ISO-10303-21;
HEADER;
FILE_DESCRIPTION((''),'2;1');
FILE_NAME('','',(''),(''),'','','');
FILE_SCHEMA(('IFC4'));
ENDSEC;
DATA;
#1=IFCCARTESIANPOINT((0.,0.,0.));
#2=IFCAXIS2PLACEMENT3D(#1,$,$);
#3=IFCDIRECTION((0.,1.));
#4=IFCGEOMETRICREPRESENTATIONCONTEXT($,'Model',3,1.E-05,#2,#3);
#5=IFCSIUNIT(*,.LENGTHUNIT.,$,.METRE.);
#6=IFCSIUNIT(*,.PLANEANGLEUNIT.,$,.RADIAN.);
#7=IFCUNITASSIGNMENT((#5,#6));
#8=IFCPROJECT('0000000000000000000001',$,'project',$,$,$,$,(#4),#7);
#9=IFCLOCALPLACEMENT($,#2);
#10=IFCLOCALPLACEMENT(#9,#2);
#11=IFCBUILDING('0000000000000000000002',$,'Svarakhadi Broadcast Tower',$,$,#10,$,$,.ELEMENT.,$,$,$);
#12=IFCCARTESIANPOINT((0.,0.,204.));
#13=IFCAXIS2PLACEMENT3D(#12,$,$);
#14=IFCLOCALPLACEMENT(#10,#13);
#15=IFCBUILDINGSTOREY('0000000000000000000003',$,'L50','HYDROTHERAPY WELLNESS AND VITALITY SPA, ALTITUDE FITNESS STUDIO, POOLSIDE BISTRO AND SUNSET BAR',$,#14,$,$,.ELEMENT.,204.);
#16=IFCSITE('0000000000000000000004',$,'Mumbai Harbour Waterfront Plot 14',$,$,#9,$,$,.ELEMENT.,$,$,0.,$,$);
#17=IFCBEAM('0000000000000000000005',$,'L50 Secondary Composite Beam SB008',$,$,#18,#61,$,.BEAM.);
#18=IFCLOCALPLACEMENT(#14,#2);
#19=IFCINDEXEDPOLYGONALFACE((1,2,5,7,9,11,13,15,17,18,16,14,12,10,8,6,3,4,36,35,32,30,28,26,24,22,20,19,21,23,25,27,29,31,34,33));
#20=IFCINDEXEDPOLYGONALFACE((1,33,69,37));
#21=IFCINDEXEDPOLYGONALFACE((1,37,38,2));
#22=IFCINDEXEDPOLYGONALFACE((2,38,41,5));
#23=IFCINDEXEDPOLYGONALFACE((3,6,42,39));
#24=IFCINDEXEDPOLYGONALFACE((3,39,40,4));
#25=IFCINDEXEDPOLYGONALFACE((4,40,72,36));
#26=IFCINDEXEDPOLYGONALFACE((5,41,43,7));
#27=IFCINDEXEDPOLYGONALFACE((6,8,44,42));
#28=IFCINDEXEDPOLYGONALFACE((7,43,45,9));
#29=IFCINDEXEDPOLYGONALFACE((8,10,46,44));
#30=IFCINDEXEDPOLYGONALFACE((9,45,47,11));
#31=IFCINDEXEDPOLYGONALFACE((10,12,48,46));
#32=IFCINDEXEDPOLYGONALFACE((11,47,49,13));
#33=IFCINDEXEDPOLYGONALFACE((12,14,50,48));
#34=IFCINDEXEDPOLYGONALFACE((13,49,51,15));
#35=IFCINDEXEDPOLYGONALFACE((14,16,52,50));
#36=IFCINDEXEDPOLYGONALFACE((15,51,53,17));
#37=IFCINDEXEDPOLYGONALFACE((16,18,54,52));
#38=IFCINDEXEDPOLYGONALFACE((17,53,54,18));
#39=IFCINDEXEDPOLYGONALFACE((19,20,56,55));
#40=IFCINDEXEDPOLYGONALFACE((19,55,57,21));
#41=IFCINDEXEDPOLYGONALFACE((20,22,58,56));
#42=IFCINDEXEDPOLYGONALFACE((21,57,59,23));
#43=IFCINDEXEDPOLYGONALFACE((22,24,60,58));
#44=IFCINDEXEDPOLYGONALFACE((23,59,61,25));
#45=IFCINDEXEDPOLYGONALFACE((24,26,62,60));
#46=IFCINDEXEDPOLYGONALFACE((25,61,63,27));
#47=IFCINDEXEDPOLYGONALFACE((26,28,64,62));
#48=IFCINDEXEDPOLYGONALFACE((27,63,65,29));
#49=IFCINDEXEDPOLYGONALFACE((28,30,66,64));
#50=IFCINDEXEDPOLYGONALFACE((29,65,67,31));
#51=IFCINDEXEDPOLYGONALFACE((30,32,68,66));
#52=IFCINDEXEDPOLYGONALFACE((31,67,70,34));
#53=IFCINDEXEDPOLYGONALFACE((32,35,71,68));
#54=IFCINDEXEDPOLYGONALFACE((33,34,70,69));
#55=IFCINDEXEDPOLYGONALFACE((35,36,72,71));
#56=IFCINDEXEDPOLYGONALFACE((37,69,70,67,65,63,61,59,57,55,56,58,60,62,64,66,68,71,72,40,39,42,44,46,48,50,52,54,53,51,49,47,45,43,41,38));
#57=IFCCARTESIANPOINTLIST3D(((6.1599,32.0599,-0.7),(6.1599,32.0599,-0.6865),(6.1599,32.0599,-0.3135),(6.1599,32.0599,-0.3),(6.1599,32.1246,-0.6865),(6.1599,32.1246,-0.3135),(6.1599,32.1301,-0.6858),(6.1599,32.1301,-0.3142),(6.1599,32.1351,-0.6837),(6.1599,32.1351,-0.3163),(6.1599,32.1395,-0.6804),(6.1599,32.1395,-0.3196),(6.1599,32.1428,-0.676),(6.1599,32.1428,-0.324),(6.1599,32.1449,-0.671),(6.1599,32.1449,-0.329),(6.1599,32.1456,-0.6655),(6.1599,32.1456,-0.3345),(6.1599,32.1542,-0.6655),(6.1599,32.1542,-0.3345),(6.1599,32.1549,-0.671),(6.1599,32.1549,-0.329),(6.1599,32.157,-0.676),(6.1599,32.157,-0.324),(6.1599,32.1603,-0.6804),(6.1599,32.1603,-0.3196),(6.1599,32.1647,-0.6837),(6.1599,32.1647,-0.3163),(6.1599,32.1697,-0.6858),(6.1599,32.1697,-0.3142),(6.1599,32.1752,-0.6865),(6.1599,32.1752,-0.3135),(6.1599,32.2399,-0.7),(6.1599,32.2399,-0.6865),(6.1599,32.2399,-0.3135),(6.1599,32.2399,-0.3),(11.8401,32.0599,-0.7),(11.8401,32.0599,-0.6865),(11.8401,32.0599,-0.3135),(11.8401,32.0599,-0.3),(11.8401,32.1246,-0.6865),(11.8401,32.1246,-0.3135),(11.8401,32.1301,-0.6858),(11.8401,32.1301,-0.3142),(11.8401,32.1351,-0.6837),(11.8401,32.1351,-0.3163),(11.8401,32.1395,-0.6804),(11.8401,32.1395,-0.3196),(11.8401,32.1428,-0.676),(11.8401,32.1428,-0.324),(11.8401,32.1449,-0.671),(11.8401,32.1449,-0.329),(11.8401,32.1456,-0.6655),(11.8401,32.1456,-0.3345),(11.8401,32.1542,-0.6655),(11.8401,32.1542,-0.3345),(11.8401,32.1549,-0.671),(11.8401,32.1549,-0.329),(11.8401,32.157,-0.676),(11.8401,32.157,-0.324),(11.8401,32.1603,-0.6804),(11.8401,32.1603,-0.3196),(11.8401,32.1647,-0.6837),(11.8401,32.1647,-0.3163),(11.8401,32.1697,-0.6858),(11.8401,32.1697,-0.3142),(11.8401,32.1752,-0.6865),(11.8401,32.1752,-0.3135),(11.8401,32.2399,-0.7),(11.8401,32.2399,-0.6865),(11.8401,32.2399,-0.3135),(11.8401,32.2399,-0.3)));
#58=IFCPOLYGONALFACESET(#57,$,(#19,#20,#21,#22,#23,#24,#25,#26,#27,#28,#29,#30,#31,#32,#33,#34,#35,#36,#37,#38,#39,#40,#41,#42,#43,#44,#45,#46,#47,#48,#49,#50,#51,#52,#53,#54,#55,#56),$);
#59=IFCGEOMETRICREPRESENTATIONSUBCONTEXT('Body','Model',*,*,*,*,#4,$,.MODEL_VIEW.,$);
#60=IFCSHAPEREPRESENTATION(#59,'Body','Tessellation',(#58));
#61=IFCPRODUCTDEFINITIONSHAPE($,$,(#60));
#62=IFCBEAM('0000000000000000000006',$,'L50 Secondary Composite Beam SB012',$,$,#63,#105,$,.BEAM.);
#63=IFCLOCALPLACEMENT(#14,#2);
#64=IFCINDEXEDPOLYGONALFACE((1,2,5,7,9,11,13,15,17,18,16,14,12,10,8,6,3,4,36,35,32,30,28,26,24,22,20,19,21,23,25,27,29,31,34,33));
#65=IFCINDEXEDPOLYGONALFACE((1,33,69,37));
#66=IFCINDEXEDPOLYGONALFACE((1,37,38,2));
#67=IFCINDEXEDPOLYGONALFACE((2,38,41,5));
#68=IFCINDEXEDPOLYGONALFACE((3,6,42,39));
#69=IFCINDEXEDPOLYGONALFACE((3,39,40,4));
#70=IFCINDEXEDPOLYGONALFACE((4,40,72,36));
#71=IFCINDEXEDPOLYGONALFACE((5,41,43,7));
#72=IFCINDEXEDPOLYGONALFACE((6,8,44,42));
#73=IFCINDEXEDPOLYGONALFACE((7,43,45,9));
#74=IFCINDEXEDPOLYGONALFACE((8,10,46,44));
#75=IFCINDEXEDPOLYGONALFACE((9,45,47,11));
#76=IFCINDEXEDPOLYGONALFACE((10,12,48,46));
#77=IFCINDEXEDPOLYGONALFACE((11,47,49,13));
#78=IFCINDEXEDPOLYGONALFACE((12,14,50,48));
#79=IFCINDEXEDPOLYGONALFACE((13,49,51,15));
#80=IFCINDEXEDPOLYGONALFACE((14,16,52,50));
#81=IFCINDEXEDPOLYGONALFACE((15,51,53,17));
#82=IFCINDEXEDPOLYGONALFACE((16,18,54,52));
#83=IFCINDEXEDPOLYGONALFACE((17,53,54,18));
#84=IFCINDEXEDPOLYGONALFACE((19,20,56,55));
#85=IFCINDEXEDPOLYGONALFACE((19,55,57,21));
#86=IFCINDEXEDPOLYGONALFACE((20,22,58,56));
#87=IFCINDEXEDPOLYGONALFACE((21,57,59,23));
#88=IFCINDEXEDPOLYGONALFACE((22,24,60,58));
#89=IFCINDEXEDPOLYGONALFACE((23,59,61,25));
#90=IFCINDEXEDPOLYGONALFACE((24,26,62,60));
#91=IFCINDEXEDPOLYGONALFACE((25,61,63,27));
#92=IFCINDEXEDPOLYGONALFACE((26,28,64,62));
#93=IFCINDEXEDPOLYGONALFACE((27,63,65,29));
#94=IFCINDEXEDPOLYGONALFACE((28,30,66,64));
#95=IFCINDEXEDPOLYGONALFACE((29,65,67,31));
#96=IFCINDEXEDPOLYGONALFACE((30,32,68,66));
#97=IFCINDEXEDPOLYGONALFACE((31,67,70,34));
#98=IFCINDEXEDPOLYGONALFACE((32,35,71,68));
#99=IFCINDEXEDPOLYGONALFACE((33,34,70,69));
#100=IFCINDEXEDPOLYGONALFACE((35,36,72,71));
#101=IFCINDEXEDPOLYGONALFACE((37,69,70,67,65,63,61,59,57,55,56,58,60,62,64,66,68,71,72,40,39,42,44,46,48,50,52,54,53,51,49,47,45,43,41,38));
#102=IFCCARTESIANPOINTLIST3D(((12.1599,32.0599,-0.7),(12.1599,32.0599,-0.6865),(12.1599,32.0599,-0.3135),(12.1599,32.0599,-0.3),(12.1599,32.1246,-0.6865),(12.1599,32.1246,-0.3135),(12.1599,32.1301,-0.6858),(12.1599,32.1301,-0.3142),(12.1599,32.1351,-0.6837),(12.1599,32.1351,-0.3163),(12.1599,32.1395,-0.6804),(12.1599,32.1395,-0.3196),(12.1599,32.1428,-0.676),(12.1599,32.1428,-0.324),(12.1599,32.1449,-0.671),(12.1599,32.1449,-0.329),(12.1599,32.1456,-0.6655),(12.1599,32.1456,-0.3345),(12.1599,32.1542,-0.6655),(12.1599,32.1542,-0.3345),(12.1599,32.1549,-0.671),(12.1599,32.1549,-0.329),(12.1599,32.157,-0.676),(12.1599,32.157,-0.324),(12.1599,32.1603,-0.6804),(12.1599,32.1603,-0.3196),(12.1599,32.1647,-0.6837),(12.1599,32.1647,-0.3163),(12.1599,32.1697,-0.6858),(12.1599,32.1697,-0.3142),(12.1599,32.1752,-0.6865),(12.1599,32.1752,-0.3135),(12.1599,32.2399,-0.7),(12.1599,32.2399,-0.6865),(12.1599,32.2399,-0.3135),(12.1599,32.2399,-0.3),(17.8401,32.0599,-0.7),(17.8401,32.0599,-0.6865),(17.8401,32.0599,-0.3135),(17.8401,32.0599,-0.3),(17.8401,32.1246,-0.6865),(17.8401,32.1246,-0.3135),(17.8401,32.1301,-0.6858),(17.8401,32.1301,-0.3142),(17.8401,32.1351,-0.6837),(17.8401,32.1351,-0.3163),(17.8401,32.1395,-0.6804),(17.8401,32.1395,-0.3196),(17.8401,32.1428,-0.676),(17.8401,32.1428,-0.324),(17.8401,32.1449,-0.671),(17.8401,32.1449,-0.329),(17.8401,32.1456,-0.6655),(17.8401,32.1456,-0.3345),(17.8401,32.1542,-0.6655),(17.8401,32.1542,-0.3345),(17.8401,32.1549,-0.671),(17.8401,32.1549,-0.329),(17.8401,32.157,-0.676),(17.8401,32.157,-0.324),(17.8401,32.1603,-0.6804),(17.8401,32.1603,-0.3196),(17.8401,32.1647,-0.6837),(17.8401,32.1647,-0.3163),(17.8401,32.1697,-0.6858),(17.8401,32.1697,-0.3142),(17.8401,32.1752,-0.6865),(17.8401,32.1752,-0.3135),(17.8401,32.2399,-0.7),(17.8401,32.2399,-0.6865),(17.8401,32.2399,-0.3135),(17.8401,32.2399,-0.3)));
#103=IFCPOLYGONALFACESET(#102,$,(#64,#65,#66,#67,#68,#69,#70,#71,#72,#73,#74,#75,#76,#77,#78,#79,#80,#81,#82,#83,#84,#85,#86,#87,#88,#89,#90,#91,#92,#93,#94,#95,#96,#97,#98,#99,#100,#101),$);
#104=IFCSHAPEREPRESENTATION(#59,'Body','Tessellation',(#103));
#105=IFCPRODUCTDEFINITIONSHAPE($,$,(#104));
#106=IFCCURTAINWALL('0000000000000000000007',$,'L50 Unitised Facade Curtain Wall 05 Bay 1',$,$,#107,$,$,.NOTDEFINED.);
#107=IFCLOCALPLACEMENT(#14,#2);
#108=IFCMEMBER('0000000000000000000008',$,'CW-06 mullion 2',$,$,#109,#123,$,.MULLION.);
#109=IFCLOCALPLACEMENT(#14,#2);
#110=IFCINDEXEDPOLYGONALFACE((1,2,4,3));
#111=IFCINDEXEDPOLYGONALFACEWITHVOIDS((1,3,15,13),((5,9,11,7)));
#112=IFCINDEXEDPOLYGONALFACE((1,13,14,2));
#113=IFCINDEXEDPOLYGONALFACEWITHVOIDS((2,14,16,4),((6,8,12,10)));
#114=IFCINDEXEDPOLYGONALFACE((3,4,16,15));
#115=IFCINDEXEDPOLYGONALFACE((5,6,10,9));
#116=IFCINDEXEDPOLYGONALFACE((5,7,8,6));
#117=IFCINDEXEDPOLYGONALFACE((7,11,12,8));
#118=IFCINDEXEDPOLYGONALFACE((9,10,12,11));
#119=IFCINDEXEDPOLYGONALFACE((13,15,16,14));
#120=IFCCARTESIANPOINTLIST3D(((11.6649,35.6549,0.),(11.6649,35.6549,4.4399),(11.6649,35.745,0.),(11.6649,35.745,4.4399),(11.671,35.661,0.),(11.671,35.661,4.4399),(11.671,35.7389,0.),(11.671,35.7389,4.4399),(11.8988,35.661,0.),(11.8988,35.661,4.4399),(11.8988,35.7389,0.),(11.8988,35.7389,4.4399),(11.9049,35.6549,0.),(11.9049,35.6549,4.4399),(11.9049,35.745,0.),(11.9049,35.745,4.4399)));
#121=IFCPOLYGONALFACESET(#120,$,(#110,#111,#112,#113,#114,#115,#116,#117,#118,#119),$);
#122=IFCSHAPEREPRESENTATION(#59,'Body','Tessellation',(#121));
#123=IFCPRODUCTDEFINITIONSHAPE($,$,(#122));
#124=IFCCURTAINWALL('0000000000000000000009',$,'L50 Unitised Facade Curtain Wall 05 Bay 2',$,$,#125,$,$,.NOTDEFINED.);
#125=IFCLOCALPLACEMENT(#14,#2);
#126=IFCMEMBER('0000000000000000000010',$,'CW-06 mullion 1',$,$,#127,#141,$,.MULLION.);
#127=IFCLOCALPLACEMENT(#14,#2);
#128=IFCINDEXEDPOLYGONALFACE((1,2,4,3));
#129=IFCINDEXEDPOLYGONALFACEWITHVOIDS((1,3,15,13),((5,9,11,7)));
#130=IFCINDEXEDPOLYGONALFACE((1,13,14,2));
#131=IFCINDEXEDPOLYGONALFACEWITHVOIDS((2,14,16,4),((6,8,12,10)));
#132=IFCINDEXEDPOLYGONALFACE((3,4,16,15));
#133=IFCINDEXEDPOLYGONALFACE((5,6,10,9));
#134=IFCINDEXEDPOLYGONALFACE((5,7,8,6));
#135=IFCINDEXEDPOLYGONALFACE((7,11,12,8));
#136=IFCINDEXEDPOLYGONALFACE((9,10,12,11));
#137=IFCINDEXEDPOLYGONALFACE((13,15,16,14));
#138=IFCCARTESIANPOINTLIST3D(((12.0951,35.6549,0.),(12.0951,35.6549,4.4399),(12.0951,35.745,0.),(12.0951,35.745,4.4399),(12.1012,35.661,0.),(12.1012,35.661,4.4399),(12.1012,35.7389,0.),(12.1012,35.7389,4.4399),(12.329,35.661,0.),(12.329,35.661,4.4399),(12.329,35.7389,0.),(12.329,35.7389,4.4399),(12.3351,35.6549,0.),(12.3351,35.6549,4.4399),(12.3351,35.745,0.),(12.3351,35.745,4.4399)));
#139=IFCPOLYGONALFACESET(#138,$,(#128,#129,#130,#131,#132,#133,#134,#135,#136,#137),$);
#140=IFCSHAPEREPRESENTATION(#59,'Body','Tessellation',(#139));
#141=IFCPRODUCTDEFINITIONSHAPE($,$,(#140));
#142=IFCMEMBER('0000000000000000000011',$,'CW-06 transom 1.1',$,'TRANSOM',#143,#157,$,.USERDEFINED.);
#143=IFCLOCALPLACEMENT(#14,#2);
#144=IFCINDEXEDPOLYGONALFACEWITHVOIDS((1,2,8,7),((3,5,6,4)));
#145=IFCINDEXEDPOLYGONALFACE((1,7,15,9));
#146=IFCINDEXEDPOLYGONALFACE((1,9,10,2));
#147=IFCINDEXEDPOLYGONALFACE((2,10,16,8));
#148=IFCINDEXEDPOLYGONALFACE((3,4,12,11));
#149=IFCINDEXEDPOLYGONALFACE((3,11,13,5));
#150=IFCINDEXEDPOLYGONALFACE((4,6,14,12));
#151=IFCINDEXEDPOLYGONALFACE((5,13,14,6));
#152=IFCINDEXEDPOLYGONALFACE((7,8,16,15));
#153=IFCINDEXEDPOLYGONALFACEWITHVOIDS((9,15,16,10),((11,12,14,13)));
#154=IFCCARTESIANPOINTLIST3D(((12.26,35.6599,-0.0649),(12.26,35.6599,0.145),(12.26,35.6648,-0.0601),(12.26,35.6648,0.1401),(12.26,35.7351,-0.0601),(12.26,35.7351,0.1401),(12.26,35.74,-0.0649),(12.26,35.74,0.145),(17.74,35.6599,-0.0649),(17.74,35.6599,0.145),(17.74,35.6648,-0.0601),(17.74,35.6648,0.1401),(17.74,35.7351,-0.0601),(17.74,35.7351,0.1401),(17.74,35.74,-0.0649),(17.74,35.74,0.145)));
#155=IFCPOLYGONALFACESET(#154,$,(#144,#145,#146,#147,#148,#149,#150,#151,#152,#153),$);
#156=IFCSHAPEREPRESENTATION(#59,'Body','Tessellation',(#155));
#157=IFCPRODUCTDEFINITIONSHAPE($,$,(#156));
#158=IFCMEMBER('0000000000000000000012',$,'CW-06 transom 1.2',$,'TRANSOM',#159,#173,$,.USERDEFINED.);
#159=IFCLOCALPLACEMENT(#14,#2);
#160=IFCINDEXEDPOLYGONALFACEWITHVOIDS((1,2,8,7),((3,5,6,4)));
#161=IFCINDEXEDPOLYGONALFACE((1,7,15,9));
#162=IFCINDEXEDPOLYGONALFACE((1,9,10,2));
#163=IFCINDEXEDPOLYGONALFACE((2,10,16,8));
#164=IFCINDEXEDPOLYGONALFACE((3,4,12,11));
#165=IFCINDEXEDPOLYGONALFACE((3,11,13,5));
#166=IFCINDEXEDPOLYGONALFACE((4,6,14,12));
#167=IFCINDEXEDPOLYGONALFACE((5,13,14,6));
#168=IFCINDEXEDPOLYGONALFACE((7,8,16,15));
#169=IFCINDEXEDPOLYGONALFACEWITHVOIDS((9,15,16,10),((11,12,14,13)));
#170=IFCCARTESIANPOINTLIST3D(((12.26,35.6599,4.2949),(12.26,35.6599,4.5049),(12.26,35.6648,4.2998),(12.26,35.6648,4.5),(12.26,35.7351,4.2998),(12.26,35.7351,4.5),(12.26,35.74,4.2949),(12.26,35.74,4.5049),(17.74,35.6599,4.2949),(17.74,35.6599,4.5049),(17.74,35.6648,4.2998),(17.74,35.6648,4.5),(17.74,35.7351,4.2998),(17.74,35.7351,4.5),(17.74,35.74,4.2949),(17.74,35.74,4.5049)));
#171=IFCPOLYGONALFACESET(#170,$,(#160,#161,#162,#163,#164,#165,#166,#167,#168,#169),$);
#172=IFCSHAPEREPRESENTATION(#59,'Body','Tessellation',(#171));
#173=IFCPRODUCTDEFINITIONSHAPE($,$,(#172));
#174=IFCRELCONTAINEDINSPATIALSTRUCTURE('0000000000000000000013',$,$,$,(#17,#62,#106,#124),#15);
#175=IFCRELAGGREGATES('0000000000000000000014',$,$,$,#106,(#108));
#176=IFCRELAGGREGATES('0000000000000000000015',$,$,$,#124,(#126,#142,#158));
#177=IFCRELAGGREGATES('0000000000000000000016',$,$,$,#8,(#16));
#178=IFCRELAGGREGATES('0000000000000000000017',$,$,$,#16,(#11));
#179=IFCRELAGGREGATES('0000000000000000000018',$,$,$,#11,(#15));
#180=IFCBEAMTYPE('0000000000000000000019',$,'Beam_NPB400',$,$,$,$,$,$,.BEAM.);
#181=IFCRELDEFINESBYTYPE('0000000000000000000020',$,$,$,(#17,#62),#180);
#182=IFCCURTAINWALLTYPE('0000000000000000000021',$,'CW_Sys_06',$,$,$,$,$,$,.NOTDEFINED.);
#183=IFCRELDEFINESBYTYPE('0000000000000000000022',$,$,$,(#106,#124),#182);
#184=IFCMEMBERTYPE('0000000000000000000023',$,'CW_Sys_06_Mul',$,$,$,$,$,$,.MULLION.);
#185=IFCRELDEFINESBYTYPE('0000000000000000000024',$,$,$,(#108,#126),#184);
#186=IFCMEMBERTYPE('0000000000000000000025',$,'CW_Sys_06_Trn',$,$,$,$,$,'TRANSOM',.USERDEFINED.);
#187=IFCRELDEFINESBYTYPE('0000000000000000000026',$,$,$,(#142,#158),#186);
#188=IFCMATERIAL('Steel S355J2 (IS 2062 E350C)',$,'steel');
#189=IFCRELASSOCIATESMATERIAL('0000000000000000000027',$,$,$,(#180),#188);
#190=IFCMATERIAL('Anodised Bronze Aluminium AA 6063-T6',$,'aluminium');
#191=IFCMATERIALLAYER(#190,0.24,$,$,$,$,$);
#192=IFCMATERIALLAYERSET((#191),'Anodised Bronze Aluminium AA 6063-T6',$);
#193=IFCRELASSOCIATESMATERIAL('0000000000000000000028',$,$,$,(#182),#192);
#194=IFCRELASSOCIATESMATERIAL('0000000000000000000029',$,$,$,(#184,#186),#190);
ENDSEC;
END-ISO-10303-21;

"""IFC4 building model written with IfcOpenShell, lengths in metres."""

from ifc_helpers import new_model, si_unit, direction, frame, origin, origin_2d, place, context, subcontext, project, spatial, hollow_rectangle, i_section, extrude, material, layer, layer_set, material_profile, profile_set, type_object, element, aggregate, save


model = new_model("IFC4")

# Units and contexts
model_context = context("Model", 3, precision=1e-05, world=origin(), true_north=direction((0.0, 1.0)))
body_context = subcontext(model_context, "Body", "Model", "MODEL_VIEW")
ifc_project = project(units=[si_unit("LENGTHUNIT", "METRE"), si_unit("PLANEANGLEUNIT", "RADIAN")], contexts=[model_context])

# Site, building, storey
site_placement = place(None, origin())
site = spatial("IfcSite", under=ifc_project, at=site_placement, Name="Mumbai Harbour Waterfront Plot 14", CompositionType="ELEMENT", RefElevation=0.0)
building_placement = place(site_placement, origin())
building = spatial("IfcBuilding", under=site, at=building_placement, Name="Svarakhadi Broadcast Tower", CompositionType="ELEMENT")
storey_placement = place(building_placement, frame((0.0, 0.0, 204.0)))
storey = spatial("IfcBuildingStorey", under=building, at=storey_placement, Name="L50", Description="HYDROTHERAPY WELLNESS AND VITALITY SPA, ALTITUDE FITNESS STUDIO, POOLSIDE BISTRO AND SUNSET BAR", CompositionType="ELEMENT", Elevation=204.0)

# Beams
ifc_material_1 = material(Name="Steel S355J2 (IS 2062 E350C)", Category="steel")
ifc_material_profile_1 = material_profile(ifc_material_1, i_section(OverallWidth=0.1799, OverallDepth=0.3999, WebThickness=0.0085, FlangeThickness=0.0134, FilletRadius=0.021, at=origin_2d()), Name="NPB 400x180x66")
ifc_profile_set_1 = profile_set([ifc_material_profile_1], Name="Steel S355J2 (IS 2062 E350C)")
beam_type_1 = type_object("IfcBeamType", Name="Beam_NPB400", PredefinedType="BEAM", material=ifc_profile_set_1)
for number, where, z_axis, x_axis, name in (
    (1, (6.1599, 32.1499, -0.5), (1.0, 0.0, 0.0), (0.0, 1.0, 0.0), "L50 Secondary Composite Beam SB008"),
    (2, (12.1599, 32.1499, -0.5), (1.0, 0.0, 0.0), (0.0, 1.0, 0.0), "L50 Secondary Composite Beam SB012"),
):
    element("IfcBeam", number, at=place(storey_placement, frame(where, z_axis=z_axis, x_axis=x_axis)), inside=storey, type_object=beam_type_1, Name=name, PredefinedType="BEAM", context=body_context, shape_type="SweptSolid", body=[
        extrude(i_section(OverallWidth=0.1799, OverallDepth=0.3999, WebThickness=0.0085, FlangeThickness=0.0134, FilletRadius=0.021, at=origin_2d()), origin(), (0.0, 0.0, 1.0), 5.6802),
    ])

# Curtain wall, member
ifc_material_2 = material(Name="Anodised Bronze Aluminium AA 6063-T6", Category="aluminium")
ifc_layer_1 = layer(ifc_material_2, 0.24)
ifc_layer_set_1 = layer_set([ifc_layer_1], Name="Anodised Bronze Aluminium AA 6063-T6")
curtain_wall_type = type_object("IfcCurtainWallType", Name="CW_Sys_06", PredefinedType="NOTDEFINED", material=ifc_layer_set_1)
curtain_wall_1_placement = place(storey_placement, origin())
curtain_wall_1 = element("IfcCurtainWall", 3, at=curtain_wall_1_placement, inside=storey, type_object=curtain_wall_type, Name="L50 Unitised Facade Curtain Wall 05 Bay 1", PredefinedType="NOTDEFINED")
ifc_material_profile_2 = material_profile(ifc_material_2, hollow_rectangle(XDim=0.0901, YDim=0.24, WallThickness=0.0061, at=origin_2d()), Name="ALU MULLION 240x90x6")
ifc_profile_set_2 = profile_set([ifc_material_profile_2], Name="Anodised Bronze Aluminium AA 6063-T6")
member_type_1 = type_object("IfcMemberType", Name="CW_Sys_06_Mul", PredefinedType="MULLION", material=ifc_profile_set_2)
member_1_placement = place(storey_placement, frame((11.7849, 35.7, 0.0), z_axis=(0.0, 0.0, 1.0), x_axis=(0.0, 1.0, 0.0)))
member_1 = element("IfcMember", 4, at=member_1_placement, type_object=member_type_1, Name="CW-06 mullion 2", PredefinedType="MULLION", context=body_context, shape_type="SweptSolid", body=[
    extrude(hollow_rectangle(XDim=0.0901, YDim=0.24, WallThickness=0.0061, at=origin_2d()), origin(), (0.0, 0.0, 1.0), 4.4399),
])

# Curtain wall, members
curtain_wall_2_placement = place(storey_placement, origin())
curtain_wall_2 = element("IfcCurtainWall", 5, at=curtain_wall_2_placement, inside=storey, type_object=curtain_wall_type, Name="L50 Unitised Facade Curtain Wall 05 Bay 2", PredefinedType="NOTDEFINED")
member_2_placement = place(storey_placement, frame((12.2151, 35.7, 0.0), z_axis=(0.0, 0.0, 1.0), x_axis=(0.0, 1.0, 0.0)))
member_2 = element("IfcMember", 6, at=member_2_placement, type_object=member_type_1, Name="CW-06 mullion 1", PredefinedType="MULLION", context=body_context, shape_type="SweptSolid", body=[
    extrude(hollow_rectangle(XDim=0.0901, YDim=0.24, WallThickness=0.0061, at=origin_2d()), origin(), (0.0, 0.0, 1.0), 4.4399),
])
ifc_material_profile_3 = material_profile(ifc_material_2, hollow_rectangle(XDim=0.0801, YDim=0.21, WallThickness=0.0049, at=origin_2d()), Name="ALU TRANSOM 210x80x5")
ifc_profile_set_3 = profile_set([ifc_material_profile_3], Name="Anodised Bronze Aluminium AA 6063-T6")
member_type_2 = type_object("IfcMemberType", Name="CW_Sys_06_Trn", ElementType="TRANSOM", PredefinedType="USERDEFINED", material=ifc_profile_set_3)
member_3_placement = place(storey_placement, frame((12.26, 35.7, 0.04), z_axis=(1.0, 0.0, 0.0), x_axis=(0.0, 1.0, 0.0)))
member_3 = element("IfcMember", 7, at=member_3_placement, type_object=member_type_2, Name="CW-06 transom 1.1", ObjectType="TRANSOM", PredefinedType="USERDEFINED", context=body_context, shape_type="SweptSolid", body=[
    extrude(hollow_rectangle(XDim=0.0801, YDim=0.21, WallThickness=0.0049, at=origin_2d()), origin(), (0.0, 0.0, 1.0), 5.48),
])
member_4_placement = place(storey_placement, frame((12.26, 35.7, 4.3999), z_axis=(1.0, 0.0, 0.0), x_axis=(0.0, 1.0, 0.0)))
member_4 = element("IfcMember", 8, at=member_4_placement, type_object=member_type_2, Name="CW-06 transom 1.2", ObjectType="TRANSOM", PredefinedType="USERDEFINED", context=body_context, shape_type="SweptSolid", body=[
    extrude(hollow_rectangle(XDim=0.0801, YDim=0.21, WallThickness=0.0049, at=origin_2d()), origin(), (0.0, 0.0, 1.0), 5.48),
])

aggregate(curtain_wall_1, [member_1])
aggregate(curtain_wall_2, [member_2, member_3, member_4])

save(model, "model.ifc")
